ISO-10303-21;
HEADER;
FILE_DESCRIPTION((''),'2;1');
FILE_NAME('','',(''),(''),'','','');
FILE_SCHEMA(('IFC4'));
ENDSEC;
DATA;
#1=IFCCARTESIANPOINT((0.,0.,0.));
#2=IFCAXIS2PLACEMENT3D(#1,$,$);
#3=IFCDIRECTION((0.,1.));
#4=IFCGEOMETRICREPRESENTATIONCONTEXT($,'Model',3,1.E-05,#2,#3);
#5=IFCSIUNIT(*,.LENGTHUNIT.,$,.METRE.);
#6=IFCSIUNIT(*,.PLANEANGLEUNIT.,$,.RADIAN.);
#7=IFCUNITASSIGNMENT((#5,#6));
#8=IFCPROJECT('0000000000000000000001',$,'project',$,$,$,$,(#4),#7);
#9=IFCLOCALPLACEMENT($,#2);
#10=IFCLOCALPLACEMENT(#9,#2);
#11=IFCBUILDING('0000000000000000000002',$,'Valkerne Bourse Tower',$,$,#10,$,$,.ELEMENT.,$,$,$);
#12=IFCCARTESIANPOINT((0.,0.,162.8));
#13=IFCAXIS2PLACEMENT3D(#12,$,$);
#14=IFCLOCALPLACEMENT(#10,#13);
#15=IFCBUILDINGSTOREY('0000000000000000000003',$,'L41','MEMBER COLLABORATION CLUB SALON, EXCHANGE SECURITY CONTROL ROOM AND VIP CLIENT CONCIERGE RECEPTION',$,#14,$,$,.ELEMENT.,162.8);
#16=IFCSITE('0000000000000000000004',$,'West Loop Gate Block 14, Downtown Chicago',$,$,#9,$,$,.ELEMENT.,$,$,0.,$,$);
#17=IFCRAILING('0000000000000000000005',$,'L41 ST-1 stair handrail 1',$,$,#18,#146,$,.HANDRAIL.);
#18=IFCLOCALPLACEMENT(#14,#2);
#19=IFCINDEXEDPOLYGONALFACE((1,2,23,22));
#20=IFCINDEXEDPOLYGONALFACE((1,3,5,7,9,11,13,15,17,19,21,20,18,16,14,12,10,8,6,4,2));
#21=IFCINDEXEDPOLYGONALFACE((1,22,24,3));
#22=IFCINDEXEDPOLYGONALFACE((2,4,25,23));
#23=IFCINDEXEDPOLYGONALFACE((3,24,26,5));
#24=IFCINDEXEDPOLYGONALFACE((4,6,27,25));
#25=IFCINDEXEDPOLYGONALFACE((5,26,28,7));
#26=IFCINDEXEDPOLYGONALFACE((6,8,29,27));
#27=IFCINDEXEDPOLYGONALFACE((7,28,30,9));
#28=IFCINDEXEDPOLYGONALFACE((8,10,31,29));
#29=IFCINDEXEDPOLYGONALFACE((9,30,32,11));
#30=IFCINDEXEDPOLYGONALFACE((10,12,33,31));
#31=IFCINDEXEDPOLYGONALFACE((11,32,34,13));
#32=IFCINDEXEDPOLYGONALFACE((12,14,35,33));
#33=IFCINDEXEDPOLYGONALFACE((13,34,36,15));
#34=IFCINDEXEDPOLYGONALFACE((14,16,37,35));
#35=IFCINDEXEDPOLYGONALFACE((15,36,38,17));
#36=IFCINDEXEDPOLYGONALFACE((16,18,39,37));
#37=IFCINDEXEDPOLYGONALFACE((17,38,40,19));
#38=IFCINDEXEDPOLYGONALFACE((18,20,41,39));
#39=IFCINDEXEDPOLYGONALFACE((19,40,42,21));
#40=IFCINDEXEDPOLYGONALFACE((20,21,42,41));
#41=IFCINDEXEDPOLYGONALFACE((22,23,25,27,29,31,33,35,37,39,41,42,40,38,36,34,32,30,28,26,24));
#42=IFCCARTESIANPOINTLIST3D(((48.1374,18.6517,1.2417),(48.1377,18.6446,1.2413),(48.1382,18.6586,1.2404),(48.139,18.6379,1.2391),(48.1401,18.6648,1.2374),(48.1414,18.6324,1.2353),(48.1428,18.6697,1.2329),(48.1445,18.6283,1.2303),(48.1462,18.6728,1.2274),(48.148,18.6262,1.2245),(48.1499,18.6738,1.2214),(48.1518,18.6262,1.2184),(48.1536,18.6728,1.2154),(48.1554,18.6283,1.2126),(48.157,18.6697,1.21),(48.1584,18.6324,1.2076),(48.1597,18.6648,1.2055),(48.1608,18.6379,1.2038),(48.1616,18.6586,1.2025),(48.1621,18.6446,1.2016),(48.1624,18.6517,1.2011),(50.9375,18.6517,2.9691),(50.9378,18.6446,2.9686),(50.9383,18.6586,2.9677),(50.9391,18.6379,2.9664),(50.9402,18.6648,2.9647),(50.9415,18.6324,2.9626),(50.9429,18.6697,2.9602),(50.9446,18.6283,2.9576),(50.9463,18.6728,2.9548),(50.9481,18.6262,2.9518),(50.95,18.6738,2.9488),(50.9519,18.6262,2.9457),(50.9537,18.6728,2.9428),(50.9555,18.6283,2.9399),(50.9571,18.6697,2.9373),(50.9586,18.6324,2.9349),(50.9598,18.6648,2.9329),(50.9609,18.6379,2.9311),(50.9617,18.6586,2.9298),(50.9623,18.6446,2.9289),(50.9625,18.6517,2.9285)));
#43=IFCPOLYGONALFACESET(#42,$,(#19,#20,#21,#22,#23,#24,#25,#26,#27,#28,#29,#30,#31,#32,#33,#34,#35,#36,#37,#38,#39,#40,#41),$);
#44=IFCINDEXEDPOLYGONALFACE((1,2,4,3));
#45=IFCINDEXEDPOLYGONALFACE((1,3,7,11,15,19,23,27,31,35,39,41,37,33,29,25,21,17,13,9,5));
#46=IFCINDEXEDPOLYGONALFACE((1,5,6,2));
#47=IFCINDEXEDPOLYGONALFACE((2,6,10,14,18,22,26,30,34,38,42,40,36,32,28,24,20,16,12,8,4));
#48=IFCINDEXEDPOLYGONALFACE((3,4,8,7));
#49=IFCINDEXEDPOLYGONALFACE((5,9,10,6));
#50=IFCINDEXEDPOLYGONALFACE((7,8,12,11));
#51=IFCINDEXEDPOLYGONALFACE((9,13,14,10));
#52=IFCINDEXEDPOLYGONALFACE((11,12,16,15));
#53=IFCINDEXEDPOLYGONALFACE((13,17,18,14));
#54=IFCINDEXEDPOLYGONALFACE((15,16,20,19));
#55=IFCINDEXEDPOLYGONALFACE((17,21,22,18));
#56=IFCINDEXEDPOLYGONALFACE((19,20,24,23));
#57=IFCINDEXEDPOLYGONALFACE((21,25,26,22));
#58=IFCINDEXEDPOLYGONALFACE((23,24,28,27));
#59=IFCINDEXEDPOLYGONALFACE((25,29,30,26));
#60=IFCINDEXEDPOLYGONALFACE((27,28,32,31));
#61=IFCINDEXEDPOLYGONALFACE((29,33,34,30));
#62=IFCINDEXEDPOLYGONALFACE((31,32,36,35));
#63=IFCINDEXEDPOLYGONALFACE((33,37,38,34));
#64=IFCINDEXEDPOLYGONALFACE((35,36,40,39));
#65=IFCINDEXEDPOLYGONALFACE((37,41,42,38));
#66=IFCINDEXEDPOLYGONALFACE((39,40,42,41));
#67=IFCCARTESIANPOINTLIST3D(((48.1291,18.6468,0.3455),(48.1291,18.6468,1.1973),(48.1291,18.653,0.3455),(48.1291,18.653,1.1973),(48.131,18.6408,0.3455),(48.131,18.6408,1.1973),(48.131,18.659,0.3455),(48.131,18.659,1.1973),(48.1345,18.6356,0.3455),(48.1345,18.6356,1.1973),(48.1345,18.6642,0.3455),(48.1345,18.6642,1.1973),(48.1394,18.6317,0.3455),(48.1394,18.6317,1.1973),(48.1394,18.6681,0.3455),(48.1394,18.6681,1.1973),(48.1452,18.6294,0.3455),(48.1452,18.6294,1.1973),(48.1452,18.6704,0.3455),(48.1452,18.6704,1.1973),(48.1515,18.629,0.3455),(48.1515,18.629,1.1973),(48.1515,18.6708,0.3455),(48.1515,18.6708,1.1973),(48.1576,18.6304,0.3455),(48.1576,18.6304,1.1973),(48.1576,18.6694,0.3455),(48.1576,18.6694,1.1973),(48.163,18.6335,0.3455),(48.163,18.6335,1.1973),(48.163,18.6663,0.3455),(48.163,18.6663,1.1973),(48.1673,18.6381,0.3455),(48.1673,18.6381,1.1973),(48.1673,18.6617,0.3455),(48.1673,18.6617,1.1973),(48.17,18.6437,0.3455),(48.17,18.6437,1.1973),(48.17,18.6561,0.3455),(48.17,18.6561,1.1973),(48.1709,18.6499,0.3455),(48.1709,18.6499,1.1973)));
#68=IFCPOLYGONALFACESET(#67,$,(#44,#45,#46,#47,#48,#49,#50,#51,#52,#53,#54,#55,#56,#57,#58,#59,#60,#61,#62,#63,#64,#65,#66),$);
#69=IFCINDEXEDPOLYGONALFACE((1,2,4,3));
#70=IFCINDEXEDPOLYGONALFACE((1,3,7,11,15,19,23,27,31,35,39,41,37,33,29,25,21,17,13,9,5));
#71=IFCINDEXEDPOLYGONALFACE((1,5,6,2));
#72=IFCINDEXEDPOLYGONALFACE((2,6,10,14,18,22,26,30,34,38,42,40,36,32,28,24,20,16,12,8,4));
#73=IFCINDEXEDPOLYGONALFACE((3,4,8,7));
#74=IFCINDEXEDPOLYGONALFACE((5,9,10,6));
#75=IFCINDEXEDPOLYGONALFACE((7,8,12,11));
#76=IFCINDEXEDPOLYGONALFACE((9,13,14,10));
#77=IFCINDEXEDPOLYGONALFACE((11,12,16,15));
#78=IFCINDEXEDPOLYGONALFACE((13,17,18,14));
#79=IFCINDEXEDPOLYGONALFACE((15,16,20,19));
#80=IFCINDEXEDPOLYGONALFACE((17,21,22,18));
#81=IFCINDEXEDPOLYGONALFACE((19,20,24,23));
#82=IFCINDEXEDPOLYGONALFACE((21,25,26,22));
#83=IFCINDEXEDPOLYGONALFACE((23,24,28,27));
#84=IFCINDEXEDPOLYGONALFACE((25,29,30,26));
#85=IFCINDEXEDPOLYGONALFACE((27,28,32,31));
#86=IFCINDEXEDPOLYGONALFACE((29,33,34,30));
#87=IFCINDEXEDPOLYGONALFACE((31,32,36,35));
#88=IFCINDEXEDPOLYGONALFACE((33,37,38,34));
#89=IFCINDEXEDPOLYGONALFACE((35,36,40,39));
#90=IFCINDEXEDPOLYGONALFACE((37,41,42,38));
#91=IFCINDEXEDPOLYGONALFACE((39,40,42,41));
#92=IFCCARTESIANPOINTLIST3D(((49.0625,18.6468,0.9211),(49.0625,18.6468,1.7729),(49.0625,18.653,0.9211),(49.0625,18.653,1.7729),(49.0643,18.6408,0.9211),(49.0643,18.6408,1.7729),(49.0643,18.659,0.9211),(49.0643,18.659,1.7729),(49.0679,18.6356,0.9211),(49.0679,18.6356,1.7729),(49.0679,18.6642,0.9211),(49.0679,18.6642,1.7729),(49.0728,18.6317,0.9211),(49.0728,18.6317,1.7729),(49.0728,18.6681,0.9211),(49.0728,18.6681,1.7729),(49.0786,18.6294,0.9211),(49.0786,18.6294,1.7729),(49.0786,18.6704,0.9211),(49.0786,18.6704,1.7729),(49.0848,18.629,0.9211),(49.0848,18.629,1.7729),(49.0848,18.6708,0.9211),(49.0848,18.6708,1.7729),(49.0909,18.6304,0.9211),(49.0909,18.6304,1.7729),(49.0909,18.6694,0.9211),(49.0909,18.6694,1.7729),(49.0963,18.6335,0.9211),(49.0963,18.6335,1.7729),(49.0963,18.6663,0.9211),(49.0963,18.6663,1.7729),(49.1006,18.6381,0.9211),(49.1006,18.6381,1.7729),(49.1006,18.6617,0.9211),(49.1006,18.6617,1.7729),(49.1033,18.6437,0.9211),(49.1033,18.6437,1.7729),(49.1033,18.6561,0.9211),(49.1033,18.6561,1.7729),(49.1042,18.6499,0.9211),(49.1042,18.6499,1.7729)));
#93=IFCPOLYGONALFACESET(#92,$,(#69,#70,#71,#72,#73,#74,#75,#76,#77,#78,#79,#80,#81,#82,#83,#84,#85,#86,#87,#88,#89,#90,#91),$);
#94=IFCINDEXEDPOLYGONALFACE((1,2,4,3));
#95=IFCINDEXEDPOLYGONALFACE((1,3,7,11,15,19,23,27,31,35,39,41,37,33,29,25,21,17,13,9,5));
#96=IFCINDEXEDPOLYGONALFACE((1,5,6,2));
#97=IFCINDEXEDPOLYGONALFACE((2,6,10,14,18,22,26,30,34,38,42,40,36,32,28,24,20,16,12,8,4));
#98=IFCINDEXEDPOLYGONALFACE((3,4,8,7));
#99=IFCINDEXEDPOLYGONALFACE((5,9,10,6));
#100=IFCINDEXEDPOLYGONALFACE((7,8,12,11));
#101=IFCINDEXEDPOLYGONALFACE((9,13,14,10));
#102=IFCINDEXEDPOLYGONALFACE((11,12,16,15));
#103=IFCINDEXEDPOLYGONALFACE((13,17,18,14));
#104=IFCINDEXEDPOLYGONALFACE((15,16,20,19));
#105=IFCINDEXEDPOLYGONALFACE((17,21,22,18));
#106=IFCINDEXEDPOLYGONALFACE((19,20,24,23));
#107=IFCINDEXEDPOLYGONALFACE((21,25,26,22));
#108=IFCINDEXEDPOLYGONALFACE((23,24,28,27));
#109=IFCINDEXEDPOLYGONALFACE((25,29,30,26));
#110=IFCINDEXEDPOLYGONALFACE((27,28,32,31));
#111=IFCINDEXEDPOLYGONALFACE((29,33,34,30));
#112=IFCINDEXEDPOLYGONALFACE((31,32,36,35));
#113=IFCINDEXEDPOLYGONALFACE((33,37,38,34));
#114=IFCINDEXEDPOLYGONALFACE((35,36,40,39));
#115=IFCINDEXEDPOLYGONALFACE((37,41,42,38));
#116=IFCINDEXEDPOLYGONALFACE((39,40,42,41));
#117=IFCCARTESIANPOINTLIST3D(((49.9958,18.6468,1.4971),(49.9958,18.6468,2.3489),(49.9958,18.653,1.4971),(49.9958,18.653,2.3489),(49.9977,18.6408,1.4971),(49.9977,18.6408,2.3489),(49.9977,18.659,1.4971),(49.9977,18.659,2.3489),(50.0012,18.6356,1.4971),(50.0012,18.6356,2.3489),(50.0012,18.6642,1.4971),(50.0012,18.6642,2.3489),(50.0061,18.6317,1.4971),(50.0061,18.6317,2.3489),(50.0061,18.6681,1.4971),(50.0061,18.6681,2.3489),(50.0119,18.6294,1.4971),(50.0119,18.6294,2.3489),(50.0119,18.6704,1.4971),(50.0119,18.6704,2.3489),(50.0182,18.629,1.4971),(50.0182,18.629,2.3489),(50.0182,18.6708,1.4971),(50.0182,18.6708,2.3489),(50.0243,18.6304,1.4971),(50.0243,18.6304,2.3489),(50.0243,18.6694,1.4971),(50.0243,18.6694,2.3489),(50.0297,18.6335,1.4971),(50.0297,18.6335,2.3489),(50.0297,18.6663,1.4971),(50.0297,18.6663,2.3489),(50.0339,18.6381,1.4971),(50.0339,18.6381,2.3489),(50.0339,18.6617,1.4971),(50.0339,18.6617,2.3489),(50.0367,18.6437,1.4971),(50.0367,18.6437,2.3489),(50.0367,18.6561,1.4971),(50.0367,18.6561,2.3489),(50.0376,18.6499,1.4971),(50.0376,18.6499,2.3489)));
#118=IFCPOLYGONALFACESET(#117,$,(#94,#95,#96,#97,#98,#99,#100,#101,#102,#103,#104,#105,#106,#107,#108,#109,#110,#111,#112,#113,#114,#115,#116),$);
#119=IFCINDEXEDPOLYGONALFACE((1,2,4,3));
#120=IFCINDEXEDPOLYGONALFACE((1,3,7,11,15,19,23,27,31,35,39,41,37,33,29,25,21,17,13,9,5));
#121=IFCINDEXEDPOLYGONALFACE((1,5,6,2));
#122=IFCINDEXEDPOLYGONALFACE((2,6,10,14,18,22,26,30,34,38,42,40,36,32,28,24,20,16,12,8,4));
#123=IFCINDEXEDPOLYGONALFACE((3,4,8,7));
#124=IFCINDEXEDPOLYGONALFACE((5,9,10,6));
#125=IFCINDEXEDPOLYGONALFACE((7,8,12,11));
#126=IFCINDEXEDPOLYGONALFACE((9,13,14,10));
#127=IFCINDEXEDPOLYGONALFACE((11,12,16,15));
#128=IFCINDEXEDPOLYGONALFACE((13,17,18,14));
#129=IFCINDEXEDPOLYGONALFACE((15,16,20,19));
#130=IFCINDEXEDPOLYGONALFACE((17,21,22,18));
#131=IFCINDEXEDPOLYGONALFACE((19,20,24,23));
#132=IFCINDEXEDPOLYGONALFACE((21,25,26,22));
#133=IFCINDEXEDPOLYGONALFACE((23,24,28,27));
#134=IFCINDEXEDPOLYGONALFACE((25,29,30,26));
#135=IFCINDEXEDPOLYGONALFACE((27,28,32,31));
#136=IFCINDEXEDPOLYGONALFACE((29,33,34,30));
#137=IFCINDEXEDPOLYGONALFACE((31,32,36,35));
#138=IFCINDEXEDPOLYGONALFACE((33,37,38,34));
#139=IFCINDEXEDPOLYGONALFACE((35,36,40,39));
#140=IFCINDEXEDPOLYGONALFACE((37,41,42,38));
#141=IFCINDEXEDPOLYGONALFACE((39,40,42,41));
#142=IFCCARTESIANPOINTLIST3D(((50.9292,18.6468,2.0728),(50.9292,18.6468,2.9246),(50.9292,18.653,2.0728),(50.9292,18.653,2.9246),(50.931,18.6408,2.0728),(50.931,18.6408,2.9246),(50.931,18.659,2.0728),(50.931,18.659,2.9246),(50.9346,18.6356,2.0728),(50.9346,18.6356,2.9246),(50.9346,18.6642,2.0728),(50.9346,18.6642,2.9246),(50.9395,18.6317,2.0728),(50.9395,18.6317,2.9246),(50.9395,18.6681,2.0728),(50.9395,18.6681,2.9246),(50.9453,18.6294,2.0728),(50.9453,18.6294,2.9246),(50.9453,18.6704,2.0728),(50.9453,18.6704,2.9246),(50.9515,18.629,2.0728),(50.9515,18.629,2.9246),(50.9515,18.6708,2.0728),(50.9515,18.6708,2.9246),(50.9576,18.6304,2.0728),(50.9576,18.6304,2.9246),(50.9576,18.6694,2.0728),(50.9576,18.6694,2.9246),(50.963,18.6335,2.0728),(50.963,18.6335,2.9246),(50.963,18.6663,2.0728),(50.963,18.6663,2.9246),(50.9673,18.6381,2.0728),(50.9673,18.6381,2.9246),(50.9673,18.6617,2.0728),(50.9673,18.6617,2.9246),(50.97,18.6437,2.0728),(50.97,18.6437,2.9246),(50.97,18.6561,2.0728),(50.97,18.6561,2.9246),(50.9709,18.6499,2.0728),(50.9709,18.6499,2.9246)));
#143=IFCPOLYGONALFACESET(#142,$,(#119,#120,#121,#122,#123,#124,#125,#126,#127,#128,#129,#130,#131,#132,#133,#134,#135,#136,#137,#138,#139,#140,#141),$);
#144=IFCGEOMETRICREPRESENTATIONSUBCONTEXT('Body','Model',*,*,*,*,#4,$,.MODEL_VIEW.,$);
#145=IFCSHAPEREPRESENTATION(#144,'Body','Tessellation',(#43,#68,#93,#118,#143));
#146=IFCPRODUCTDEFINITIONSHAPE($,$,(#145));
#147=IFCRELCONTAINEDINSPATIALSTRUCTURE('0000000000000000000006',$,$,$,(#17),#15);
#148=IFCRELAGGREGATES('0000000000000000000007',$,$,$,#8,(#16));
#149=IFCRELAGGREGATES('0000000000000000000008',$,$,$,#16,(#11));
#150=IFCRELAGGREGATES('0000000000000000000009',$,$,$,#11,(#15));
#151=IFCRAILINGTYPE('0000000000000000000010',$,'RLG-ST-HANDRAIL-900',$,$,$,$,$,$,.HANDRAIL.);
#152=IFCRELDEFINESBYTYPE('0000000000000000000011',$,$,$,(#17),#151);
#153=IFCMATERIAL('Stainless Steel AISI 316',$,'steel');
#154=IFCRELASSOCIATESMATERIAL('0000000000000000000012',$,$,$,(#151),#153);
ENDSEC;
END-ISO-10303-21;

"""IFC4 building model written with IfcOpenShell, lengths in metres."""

from ifc_helpers import new_model, si_unit, direction, frame, origin, origin_2d, place, context, subcontext, project, spatial, circle, extrude, material, type_object, element, save


model = new_model("IFC4")

# Units and contexts
model_context = context("Model", 3, precision=1e-05, world=origin(), true_north=direction((0.0, 1.0)))
body_context = subcontext(model_context, "Body", "Model", "MODEL_VIEW")
ifc_project = project(units=[si_unit("LENGTHUNIT", "METRE"), si_unit("PLANEANGLEUNIT", "RADIAN")], contexts=[model_context])

# Site, building, storey
site_placement = place(None, origin())
site = spatial("IfcSite", under=ifc_project, at=site_placement, Name="West Loop Gate Block 14, Downtown Chicago", CompositionType="ELEMENT", RefElevation=0.0)
building_placement = place(site_placement, origin())
building = spatial("IfcBuilding", under=site, at=building_placement, Name="Valkerne Bourse Tower", CompositionType="ELEMENT")
storey_placement = place(building_placement, frame((0.0, 0.0, 162.8)))
storey = spatial("IfcBuildingStorey", under=building, at=storey_placement, Name="L41", Description="MEMBER COLLABORATION CLUB SALON, EXCHANGE SECURITY CONTROL ROOM AND VIP CLIENT CONCIERGE RECEPTION", CompositionType="ELEMENT", Elevation=162.8)

# Shared definitions
ifc_material_1 = material(Name="Stainless Steel AISI 316", Category="steel")

# Railing
railing_type_1 = type_object("IfcRailingType", Name="RLG-ST-HANDRAIL-900", PredefinedType="HANDRAIL", material=ifc_material_1)
railing_1_placement = place(storey_placement, frame((48.1499, 18.6499, 0.3455)))
element("IfcRailing", 1, at=railing_1_placement, inside=storey, type_object=railing_type_1, Name="L41 ST-1 stair handrail 1", PredefinedType="HANDRAIL", context=body_context, shape_type="SweptSolid", body=[
    extrude(circle(Radius=0.0239, at=origin_2d()), frame((0.0, 0.0, 0.876), z_axis=(0.85109, 0.0, 0.52502), x_axis=(0.0, 1.0, 0.0)), (0.0, 0.0, 1.0), 3.29),
    extrude(circle(Radius=0.021, at=origin_2d()), origin(), (0.0, 0.0, 1.0), 0.8518),
    extrude(circle(Radius=0.021, at=origin_2d()), frame((0.9333, 0.0, 0.5757)), (0.0, 0.0, 1.0), 0.8518),
    extrude(circle(Radius=0.021, at=origin_2d()), frame((1.8667, 0.0, 1.1516)), (0.0, 0.0, 1.0), 0.8518),
    extrude(circle(Radius=0.021, at=origin_2d()), frame((2.8, 0.0, 1.7273)), (0.0, 0.0, 1.0), 0.8518),
])

save(model, "model.ifc")
